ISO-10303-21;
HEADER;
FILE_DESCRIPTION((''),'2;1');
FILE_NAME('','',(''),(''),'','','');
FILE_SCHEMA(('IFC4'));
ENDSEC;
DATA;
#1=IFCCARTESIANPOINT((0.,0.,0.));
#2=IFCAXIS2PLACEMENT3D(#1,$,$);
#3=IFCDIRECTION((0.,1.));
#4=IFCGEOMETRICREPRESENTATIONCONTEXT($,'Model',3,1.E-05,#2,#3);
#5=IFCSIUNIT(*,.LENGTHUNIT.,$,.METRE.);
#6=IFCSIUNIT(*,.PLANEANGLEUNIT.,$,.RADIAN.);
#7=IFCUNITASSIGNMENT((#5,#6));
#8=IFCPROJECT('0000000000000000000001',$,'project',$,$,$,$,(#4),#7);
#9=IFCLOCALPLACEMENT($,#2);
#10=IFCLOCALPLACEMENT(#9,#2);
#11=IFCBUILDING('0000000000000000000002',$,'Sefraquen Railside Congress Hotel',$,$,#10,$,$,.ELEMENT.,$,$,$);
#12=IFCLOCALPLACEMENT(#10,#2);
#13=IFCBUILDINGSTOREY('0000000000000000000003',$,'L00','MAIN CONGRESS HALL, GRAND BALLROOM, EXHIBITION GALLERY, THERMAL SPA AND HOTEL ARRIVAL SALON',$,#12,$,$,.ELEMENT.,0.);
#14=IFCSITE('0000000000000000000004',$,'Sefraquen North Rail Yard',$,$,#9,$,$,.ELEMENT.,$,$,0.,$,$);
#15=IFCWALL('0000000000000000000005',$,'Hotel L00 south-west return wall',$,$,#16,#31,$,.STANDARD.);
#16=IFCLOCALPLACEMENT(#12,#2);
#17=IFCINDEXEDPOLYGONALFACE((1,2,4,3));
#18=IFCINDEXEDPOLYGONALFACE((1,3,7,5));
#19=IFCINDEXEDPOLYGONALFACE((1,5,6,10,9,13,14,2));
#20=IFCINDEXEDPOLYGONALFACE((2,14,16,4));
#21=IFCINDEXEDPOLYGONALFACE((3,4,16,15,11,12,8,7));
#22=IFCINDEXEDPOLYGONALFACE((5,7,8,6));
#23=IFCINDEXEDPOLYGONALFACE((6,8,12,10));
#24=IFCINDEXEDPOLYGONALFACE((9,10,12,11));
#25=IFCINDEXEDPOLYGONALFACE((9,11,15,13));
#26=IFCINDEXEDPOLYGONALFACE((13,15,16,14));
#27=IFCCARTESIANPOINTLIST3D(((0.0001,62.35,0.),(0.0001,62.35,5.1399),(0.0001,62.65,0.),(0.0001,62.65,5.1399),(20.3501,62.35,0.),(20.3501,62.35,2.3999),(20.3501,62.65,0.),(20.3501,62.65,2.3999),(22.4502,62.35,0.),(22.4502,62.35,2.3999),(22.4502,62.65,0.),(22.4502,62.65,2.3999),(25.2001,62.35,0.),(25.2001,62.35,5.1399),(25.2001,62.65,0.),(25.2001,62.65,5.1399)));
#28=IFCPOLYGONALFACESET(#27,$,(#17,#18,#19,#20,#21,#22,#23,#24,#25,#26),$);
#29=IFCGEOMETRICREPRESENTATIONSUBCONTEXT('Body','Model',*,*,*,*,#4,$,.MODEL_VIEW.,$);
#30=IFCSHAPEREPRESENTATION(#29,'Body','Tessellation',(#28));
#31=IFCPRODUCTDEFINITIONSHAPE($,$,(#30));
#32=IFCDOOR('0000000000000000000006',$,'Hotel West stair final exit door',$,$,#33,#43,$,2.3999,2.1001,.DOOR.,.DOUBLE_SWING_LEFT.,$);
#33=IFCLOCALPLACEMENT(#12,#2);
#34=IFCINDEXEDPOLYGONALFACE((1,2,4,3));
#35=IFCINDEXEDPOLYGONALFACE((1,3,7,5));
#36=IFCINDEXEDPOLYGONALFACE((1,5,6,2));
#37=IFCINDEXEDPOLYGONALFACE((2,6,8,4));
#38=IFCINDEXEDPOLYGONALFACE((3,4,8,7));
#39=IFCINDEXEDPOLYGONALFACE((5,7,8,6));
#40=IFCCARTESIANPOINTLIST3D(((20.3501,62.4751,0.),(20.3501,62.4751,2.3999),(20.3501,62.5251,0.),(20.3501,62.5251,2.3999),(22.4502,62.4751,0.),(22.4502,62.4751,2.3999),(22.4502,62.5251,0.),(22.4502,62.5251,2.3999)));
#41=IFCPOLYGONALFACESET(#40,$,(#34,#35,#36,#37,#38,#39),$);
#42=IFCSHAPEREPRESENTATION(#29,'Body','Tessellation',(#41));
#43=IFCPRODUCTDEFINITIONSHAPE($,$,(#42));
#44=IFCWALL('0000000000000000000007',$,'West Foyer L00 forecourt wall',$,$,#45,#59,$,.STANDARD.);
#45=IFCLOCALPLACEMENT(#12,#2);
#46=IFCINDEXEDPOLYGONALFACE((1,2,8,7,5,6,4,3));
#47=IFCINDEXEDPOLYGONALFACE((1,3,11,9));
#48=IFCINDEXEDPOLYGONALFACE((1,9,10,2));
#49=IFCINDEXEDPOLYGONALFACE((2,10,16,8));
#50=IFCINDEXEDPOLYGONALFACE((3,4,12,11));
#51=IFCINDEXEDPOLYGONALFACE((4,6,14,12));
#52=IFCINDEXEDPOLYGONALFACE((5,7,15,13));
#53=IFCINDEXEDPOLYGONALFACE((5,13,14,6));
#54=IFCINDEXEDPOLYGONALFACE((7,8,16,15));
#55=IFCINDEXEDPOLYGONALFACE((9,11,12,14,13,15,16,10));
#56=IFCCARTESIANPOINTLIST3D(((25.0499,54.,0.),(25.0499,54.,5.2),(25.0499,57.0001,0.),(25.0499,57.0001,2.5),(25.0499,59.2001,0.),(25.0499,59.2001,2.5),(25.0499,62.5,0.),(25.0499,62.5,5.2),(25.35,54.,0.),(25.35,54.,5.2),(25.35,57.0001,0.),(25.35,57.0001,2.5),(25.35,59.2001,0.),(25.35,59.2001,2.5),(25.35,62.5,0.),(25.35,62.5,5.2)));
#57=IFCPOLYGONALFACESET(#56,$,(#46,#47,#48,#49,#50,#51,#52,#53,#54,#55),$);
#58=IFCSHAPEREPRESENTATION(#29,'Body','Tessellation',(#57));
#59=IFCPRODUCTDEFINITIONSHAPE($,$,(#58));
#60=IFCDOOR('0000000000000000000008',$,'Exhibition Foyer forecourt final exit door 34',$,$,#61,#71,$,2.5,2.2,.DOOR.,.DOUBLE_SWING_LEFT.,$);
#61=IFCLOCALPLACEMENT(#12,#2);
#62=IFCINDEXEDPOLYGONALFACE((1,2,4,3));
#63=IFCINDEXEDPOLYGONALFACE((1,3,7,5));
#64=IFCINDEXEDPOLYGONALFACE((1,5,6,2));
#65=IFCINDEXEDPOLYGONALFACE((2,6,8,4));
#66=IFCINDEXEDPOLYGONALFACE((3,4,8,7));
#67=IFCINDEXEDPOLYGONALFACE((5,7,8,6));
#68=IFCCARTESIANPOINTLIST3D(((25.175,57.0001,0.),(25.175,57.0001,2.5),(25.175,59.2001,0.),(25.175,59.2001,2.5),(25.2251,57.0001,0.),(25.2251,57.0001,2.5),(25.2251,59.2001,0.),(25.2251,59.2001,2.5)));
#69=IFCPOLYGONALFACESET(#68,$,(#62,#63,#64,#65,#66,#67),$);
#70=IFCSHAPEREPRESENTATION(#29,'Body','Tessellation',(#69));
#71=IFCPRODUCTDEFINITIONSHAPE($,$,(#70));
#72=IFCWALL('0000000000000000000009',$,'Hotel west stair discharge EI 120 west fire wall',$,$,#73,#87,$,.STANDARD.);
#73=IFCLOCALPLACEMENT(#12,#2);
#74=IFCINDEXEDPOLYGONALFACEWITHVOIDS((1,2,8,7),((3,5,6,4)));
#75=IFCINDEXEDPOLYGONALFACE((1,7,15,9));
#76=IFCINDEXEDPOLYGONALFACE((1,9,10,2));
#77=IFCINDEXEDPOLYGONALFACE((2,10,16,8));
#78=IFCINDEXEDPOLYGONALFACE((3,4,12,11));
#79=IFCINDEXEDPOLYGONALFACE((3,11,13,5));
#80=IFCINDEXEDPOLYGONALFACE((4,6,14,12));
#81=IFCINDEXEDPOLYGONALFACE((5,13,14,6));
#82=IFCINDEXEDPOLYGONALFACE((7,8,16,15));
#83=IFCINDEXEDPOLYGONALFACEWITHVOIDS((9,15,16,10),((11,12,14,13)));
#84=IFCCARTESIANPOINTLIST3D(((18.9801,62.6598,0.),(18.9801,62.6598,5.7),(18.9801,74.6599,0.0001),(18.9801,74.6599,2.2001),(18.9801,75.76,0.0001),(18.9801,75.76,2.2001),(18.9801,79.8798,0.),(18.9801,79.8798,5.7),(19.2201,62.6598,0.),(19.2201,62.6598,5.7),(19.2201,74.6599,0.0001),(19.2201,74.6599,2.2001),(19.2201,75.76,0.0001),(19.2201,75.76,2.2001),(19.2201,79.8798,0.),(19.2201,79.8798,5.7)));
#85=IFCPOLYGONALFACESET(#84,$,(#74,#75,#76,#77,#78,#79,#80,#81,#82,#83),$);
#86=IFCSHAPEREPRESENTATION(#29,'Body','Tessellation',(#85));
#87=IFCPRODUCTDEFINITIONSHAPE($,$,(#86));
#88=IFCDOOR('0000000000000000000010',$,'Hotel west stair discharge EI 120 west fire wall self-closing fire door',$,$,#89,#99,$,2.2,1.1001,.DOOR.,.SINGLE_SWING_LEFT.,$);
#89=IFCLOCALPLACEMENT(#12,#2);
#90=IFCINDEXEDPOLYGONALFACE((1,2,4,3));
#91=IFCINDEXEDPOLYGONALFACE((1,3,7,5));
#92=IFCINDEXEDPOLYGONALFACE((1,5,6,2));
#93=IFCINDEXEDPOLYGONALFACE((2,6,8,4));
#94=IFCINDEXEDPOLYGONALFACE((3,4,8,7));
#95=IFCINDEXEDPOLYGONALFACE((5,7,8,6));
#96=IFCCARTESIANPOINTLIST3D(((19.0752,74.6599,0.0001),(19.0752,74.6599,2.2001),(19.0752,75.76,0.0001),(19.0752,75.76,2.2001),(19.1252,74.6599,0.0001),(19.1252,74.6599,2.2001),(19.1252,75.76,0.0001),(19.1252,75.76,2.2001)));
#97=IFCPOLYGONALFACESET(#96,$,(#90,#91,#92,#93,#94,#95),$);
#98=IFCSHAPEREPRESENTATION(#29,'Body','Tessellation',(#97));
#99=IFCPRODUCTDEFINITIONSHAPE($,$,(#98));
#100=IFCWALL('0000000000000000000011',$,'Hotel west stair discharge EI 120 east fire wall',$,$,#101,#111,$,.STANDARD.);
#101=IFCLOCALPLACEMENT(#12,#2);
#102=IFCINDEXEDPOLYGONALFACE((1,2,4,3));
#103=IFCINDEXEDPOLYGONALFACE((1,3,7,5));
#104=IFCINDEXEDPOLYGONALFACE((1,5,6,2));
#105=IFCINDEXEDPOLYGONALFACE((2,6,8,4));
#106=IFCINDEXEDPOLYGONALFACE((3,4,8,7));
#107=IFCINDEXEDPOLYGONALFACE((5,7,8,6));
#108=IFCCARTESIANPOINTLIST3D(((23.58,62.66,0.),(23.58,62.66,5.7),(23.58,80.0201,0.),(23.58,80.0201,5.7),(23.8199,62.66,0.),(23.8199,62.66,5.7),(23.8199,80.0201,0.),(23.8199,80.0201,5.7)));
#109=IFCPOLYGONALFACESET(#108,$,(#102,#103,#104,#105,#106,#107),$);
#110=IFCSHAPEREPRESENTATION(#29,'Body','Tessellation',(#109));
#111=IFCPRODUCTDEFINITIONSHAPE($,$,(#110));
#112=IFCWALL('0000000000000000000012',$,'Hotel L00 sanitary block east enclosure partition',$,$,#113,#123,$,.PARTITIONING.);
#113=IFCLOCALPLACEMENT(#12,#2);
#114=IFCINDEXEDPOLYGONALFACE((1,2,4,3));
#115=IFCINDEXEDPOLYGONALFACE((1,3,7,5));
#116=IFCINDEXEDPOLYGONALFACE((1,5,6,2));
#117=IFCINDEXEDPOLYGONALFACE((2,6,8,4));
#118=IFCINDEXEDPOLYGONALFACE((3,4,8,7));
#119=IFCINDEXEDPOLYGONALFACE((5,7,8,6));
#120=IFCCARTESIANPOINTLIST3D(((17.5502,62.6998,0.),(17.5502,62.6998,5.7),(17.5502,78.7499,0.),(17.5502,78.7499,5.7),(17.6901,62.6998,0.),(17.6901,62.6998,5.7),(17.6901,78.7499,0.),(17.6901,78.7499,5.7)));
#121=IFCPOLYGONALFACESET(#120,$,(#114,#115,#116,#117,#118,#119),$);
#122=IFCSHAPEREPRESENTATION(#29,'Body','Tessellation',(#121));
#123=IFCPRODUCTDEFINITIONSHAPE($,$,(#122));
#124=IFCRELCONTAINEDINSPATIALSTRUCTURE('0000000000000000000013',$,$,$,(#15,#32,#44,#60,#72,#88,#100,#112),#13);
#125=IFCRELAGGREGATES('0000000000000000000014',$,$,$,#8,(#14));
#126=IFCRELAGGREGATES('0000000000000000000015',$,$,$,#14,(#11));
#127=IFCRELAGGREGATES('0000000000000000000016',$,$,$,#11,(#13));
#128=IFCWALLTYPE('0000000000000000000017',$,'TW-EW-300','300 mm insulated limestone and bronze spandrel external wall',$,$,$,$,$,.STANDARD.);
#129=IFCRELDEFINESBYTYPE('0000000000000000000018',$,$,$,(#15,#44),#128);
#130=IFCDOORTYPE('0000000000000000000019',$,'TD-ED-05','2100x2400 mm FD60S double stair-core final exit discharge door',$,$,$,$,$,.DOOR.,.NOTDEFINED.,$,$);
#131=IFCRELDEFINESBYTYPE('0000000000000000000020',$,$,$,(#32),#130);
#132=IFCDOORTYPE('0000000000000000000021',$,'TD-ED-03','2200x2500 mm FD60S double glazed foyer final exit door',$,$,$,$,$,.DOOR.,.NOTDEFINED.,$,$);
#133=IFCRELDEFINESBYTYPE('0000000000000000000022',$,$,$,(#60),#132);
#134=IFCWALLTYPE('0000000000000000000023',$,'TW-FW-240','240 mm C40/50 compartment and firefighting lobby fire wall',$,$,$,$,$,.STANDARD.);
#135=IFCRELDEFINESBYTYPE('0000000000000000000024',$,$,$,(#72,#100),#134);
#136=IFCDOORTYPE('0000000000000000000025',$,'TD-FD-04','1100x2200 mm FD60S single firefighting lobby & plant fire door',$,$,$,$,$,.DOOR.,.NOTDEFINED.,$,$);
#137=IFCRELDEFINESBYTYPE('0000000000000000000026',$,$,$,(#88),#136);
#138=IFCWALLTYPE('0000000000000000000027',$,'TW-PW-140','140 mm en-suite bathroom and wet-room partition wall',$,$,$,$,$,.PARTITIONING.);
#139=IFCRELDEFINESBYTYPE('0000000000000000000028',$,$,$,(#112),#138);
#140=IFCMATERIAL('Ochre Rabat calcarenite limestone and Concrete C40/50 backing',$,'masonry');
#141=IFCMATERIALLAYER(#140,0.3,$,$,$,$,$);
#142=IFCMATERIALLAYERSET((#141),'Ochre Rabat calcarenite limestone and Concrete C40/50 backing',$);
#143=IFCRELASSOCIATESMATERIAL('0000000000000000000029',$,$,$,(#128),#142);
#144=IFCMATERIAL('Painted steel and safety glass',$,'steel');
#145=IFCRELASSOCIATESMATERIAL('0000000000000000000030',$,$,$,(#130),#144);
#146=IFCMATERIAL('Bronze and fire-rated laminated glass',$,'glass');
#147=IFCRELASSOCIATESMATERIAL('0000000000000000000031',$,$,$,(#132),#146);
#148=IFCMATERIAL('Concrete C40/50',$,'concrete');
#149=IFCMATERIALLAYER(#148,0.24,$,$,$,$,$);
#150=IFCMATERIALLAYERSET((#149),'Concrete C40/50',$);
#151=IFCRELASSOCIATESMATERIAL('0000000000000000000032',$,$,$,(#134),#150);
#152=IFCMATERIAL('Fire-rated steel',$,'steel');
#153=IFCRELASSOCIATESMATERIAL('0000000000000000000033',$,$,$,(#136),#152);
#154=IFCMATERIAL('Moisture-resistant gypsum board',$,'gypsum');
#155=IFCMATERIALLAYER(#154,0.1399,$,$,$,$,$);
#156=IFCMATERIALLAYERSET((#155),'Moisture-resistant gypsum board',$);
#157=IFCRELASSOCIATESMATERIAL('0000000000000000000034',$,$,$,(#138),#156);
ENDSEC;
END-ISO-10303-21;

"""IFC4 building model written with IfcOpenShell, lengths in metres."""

from ifc_helpers import new_model, si_unit, direction, frame, frame_2d, origin, place, context, subcontext, project, spatial, rectangle, extrude, material, layer, layer_set, type_object, element, fill, save


model = new_model("IFC4")

# Units and contexts
model_context = context("Model", 3, precision=1e-05, world=origin(), true_north=direction((0.0, 1.0)))
body_context = subcontext(model_context, "Body", "Model", "MODEL_VIEW")
ifc_project = project(units=[si_unit("LENGTHUNIT", "METRE"), si_unit("PLANEANGLEUNIT", "RADIAN")], contexts=[model_context])

# Site, building, storey
site_placement = place(None, origin())
site = spatial("IfcSite", under=ifc_project, at=site_placement, Name="Sefraquen North Rail Yard", CompositionType="ELEMENT", RefElevation=0.0)
building_placement = place(site_placement, origin())
building = spatial("IfcBuilding", under=site, at=building_placement, Name="Sefraquen Railside Congress Hotel", CompositionType="ELEMENT")
storey_placement = place(building_placement, origin())
storey = spatial("IfcBuildingStorey", under=building, at=storey_placement, Name="L00", Description="MAIN CONGRESS HALL, GRAND BALLROOM, EXHIBITION GALLERY, THERMAL SPA AND HOTEL ARRIVAL SALON", CompositionType="ELEMENT", Elevation=0.0)

# Shared definitions
ifc_material_1 = material(Name="Ochre Rabat calcarenite limestone and Concrete C40/50 backing", Category="masonry")

# Walls, openings, doors
ifc_layer_1 = layer(ifc_material_1, 0.3)
ifc_layer_set_1 = layer_set([ifc_layer_1], Name="Ochre Rabat calcarenite limestone and Concrete C40/50 backing")
wall_type_1 = type_object("IfcWallType", Name="TW-EW-300", Description="300 mm insulated limestone and bronze spandrel external wall", PredefinedType="STANDARD", material=ifc_layer_set_1)
wall_1_placement = place(storey_placement, frame((0.0, 62.5, 0.0), z_axis=(0.0, 0.0, 1.0), x_axis=(1.0, 0.0, 0.0)))
wall_1 = element("IfcWall", 1, at=wall_1_placement, inside=storey, type_object=wall_type_1, Name="Hotel L00 south-west return wall", PredefinedType="STANDARD", context=body_context, shape_type="SweptSolid", body=[
    extrude(rectangle(XDim=25.2, YDim=0.3, at=frame_2d((12.6001, 0.0))), origin(), (0.0, 0.0, 1.0), 5.1399),
])
opening_1_placement = place(wall_1_placement, frame((20.3501, 0.0, 0.0)))
opening_1 = element("IfcOpeningElement", 2, at=opening_1_placement, cuts=wall_1, PredefinedType="OPENING", context=body_context, shape_type="SweptSolid", body=[
    extrude(rectangle(XDim=2.1001, YDim=2.3999, at=frame_2d((1.05, 1.2))), frame((0.0, 0.1599, 0.0), z_axis=(0.0, -1.0, 0.0), x_axis=(1.0, 0.0, 0.0)), (0.0, 0.0, 1.0), 0.3201),
])
ifc_material_2 = material(Name="Painted steel and safety glass", Category="steel")
door_type_1 = type_object("IfcDoorType", Name="TD-ED-05", Description="2100x2400 mm FD60S double stair-core final exit discharge door", OperationType="NOTDEFINED", PredefinedType="DOOR", material=ifc_material_2)
door_1_placement = place(opening_1_placement, frame((2.1001, 0.0, 0.0), z_axis=(0.0, 0.0, 1.0), x_axis=(-1.0, 0.0, 0.0)))
door_1 = element("IfcDoor", 3, at=door_1_placement, inside=storey, type_object=door_type_1, Name="Hotel West stair final exit door", OperationType="DOUBLE_SWING_LEFT", OverallHeight=2.3999, OverallWidth=2.1001, PredefinedType="DOOR", context=body_context, shape_type="SweptSolid", body=[
    extrude(rectangle(XDim=2.1001, YDim=2.3999, at=frame_2d((1.05, 1.2))), frame((0.0, 0.0249, 0.0), z_axis=(0.0, -1.0, 0.0), x_axis=(1.0, 0.0, 0.0)), (0.0, 0.0, 1.0), 0.05),
])
fill(opening_1, door_1)
wall_2_placement = place(storey_placement, frame((25.2, 54.0, 0.0), z_axis=(0.0, 0.0, 1.0), x_axis=(0.0, 1.0, 0.0)))
wall_2 = element("IfcWall", 4, at=wall_2_placement, inside=storey, type_object=wall_type_1, Name="West Foyer L00 forecourt wall", PredefinedType="STANDARD", context=body_context, shape_type="SweptSolid", body=[
    extrude(rectangle(XDim=8.5, YDim=0.3, at=frame_2d((4.25, 0.0))), origin(), (0.0, 0.0, 1.0), 5.2),
])
opening_2_placement = place(wall_2_placement, frame((3.0, 0.0, 0.0)))
opening_2 = element("IfcOpeningElement", 5, at=opening_2_placement, cuts=wall_2, PredefinedType="OPENING", context=body_context, shape_type="SweptSolid", body=[
    extrude(rectangle(XDim=2.2, YDim=2.5, at=frame_2d((1.1001, 1.25))), frame((0.0, 0.1599, 0.0), z_axis=(0.0, -1.0, 0.0), x_axis=(1.0, 0.0, 0.0)), (0.0, 0.0, 1.0), 0.3201),
])
ifc_material_3 = material(Name="Bronze and fire-rated laminated glass", Category="glass")
door_type_2 = type_object("IfcDoorType", Name="TD-ED-03", Description="2200x2500 mm FD60S double glazed foyer final exit door", OperationType="NOTDEFINED", PredefinedType="DOOR", material=ifc_material_3)
door_2_placement = place(opening_2_placement, origin())
door_2 = element("IfcDoor", 6, at=door_2_placement, inside=storey, type_object=door_type_2, Name="Exhibition Foyer forecourt final exit door 34", OperationType="DOUBLE_SWING_LEFT", OverallHeight=2.5, OverallWidth=2.2, PredefinedType="DOOR", context=body_context, shape_type="SweptSolid", body=[
    extrude(rectangle(XDim=2.2, YDim=2.5, at=frame_2d((1.1001, 1.25))), frame((0.0, 0.0249, 0.0), z_axis=(0.0, -1.0, 0.0), x_axis=(1.0, 0.0, 0.0)), (0.0, 0.0, 1.0), 0.05),
])
fill(opening_2, door_2)
ifc_material_4 = material(Name="Concrete C40/50", Category="concrete")
ifc_layer_2 = layer(ifc_material_4, 0.24)
ifc_layer_set_2 = layer_set([ifc_layer_2], Name="Concrete C40/50")
wall_type_2 = type_object("IfcWallType", Name="TW-FW-240", Description="240 mm C40/50 compartment and firefighting lobby fire wall", PredefinedType="STANDARD", material=ifc_layer_set_2)
wall_3_placement = place(storey_placement, frame((19.1001, 62.6599, 0.0), z_axis=(0.0, 0.0, 1.0), x_axis=(0.0, 1.0, 0.0)))
wall_3 = element("IfcWall", 7, at=wall_3_placement, inside=storey, type_object=wall_type_2, Name="Hotel west stair discharge EI 120 west fire wall", PredefinedType="STANDARD", context=body_context, shape_type="SweptSolid", body=[
    extrude(rectangle(XDim=17.22, YDim=0.24, at=frame_2d((8.6099, 0.0))), origin(), (0.0, 0.0, 1.0), 5.7),
])
opening_3_placement = place(wall_3_placement, frame((12.0, 0.0, 0.0)))
opening_3 = element("IfcOpeningElement", 8, at=opening_3_placement, cuts=wall_3, PredefinedType="OPENING", context=body_context, shape_type="SweptSolid", body=[
    extrude(rectangle(XDim=1.1001, YDim=2.2, at=frame_2d((0.55, 1.1001))), frame((0.0, 0.1299, 0.0), z_axis=(0.0, -1.0, 0.0), x_axis=(1.0, 0.0, 0.0)), (0.0, 0.0, 1.0), 0.26),
])
ifc_material_5 = material(Name="Fire-rated steel", Category="steel")
door_type_3 = type_object("IfcDoorType", Name="TD-FD-04", Description="1100x2200 mm FD60S single firefighting lobby & plant fire door", OperationType="NOTDEFINED", PredefinedType="DOOR", material=ifc_material_5)
door_3_placement = place(opening_3_placement, origin())
door_3 = element("IfcDoor", 9, at=door_3_placement, inside=storey, type_object=door_type_3, Name="Hotel west stair discharge EI 120 west fire wall self-closing fire door", OperationType="SINGLE_SWING_LEFT", OverallHeight=2.2, OverallWidth=1.1001, PredefinedType="DOOR", context=body_context, shape_type="SweptSolid", body=[
    extrude(rectangle(XDim=1.1001, YDim=2.2, at=frame_2d((0.55, 1.1001))), frame((0.0, 0.0249, 0.0), z_axis=(0.0, -1.0, 0.0), x_axis=(1.0, 0.0, 0.0)), (0.0, 0.0, 1.0), 0.05),
])
fill(opening_3, door_3)

# Walls
wall_4_placement = place(storey_placement, frame((23.7, 62.6599, 0.0), z_axis=(0.0, 0.0, 1.0), x_axis=(0.0, 1.0, 0.0)))
element("IfcWall", 10, at=wall_4_placement, inside=storey, type_object=wall_type_2, Name="Hotel west stair discharge EI 120 east fire wall", PredefinedType="STANDARD", context=body_context, shape_type="SweptSolid", body=[
    extrude(rectangle(XDim=17.3601, YDim=0.24, at=frame_2d((8.6802, 0.0))), origin(), (0.0, 0.0, 1.0), 5.7),
])
ifc_material_6 = material(Name="Moisture-resistant gypsum board", Category="gypsum")
ifc_layer_3 = layer(ifc_material_6, 0.1399)
ifc_layer_set_3 = layer_set([ifc_layer_3], Name="Moisture-resistant gypsum board")
wall_type_3 = type_object("IfcWallType", Name="TW-PW-140", Description="140 mm en-suite bathroom and wet-room partition wall", PredefinedType="PARTITIONING", material=ifc_layer_set_3)
wall_5_placement = place(storey_placement, frame((17.6201, 62.7, 0.0), z_axis=(0.0, 0.0, 1.0), x_axis=(0.0, 1.0, 0.0)))
element("IfcWall", 11, at=wall_5_placement, inside=storey, type_object=wall_type_3, Name="Hotel L00 sanitary block east enclosure partition", PredefinedType="PARTITIONING", context=body_context, shape_type="SweptSolid", body=[
    extrude(rectangle(XDim=16.05, YDim=0.1399, at=frame_2d((8.0249, 0.0))), origin(), (0.0, 0.0, 1.0), 5.7),
])

save(model, "model.ifc")
